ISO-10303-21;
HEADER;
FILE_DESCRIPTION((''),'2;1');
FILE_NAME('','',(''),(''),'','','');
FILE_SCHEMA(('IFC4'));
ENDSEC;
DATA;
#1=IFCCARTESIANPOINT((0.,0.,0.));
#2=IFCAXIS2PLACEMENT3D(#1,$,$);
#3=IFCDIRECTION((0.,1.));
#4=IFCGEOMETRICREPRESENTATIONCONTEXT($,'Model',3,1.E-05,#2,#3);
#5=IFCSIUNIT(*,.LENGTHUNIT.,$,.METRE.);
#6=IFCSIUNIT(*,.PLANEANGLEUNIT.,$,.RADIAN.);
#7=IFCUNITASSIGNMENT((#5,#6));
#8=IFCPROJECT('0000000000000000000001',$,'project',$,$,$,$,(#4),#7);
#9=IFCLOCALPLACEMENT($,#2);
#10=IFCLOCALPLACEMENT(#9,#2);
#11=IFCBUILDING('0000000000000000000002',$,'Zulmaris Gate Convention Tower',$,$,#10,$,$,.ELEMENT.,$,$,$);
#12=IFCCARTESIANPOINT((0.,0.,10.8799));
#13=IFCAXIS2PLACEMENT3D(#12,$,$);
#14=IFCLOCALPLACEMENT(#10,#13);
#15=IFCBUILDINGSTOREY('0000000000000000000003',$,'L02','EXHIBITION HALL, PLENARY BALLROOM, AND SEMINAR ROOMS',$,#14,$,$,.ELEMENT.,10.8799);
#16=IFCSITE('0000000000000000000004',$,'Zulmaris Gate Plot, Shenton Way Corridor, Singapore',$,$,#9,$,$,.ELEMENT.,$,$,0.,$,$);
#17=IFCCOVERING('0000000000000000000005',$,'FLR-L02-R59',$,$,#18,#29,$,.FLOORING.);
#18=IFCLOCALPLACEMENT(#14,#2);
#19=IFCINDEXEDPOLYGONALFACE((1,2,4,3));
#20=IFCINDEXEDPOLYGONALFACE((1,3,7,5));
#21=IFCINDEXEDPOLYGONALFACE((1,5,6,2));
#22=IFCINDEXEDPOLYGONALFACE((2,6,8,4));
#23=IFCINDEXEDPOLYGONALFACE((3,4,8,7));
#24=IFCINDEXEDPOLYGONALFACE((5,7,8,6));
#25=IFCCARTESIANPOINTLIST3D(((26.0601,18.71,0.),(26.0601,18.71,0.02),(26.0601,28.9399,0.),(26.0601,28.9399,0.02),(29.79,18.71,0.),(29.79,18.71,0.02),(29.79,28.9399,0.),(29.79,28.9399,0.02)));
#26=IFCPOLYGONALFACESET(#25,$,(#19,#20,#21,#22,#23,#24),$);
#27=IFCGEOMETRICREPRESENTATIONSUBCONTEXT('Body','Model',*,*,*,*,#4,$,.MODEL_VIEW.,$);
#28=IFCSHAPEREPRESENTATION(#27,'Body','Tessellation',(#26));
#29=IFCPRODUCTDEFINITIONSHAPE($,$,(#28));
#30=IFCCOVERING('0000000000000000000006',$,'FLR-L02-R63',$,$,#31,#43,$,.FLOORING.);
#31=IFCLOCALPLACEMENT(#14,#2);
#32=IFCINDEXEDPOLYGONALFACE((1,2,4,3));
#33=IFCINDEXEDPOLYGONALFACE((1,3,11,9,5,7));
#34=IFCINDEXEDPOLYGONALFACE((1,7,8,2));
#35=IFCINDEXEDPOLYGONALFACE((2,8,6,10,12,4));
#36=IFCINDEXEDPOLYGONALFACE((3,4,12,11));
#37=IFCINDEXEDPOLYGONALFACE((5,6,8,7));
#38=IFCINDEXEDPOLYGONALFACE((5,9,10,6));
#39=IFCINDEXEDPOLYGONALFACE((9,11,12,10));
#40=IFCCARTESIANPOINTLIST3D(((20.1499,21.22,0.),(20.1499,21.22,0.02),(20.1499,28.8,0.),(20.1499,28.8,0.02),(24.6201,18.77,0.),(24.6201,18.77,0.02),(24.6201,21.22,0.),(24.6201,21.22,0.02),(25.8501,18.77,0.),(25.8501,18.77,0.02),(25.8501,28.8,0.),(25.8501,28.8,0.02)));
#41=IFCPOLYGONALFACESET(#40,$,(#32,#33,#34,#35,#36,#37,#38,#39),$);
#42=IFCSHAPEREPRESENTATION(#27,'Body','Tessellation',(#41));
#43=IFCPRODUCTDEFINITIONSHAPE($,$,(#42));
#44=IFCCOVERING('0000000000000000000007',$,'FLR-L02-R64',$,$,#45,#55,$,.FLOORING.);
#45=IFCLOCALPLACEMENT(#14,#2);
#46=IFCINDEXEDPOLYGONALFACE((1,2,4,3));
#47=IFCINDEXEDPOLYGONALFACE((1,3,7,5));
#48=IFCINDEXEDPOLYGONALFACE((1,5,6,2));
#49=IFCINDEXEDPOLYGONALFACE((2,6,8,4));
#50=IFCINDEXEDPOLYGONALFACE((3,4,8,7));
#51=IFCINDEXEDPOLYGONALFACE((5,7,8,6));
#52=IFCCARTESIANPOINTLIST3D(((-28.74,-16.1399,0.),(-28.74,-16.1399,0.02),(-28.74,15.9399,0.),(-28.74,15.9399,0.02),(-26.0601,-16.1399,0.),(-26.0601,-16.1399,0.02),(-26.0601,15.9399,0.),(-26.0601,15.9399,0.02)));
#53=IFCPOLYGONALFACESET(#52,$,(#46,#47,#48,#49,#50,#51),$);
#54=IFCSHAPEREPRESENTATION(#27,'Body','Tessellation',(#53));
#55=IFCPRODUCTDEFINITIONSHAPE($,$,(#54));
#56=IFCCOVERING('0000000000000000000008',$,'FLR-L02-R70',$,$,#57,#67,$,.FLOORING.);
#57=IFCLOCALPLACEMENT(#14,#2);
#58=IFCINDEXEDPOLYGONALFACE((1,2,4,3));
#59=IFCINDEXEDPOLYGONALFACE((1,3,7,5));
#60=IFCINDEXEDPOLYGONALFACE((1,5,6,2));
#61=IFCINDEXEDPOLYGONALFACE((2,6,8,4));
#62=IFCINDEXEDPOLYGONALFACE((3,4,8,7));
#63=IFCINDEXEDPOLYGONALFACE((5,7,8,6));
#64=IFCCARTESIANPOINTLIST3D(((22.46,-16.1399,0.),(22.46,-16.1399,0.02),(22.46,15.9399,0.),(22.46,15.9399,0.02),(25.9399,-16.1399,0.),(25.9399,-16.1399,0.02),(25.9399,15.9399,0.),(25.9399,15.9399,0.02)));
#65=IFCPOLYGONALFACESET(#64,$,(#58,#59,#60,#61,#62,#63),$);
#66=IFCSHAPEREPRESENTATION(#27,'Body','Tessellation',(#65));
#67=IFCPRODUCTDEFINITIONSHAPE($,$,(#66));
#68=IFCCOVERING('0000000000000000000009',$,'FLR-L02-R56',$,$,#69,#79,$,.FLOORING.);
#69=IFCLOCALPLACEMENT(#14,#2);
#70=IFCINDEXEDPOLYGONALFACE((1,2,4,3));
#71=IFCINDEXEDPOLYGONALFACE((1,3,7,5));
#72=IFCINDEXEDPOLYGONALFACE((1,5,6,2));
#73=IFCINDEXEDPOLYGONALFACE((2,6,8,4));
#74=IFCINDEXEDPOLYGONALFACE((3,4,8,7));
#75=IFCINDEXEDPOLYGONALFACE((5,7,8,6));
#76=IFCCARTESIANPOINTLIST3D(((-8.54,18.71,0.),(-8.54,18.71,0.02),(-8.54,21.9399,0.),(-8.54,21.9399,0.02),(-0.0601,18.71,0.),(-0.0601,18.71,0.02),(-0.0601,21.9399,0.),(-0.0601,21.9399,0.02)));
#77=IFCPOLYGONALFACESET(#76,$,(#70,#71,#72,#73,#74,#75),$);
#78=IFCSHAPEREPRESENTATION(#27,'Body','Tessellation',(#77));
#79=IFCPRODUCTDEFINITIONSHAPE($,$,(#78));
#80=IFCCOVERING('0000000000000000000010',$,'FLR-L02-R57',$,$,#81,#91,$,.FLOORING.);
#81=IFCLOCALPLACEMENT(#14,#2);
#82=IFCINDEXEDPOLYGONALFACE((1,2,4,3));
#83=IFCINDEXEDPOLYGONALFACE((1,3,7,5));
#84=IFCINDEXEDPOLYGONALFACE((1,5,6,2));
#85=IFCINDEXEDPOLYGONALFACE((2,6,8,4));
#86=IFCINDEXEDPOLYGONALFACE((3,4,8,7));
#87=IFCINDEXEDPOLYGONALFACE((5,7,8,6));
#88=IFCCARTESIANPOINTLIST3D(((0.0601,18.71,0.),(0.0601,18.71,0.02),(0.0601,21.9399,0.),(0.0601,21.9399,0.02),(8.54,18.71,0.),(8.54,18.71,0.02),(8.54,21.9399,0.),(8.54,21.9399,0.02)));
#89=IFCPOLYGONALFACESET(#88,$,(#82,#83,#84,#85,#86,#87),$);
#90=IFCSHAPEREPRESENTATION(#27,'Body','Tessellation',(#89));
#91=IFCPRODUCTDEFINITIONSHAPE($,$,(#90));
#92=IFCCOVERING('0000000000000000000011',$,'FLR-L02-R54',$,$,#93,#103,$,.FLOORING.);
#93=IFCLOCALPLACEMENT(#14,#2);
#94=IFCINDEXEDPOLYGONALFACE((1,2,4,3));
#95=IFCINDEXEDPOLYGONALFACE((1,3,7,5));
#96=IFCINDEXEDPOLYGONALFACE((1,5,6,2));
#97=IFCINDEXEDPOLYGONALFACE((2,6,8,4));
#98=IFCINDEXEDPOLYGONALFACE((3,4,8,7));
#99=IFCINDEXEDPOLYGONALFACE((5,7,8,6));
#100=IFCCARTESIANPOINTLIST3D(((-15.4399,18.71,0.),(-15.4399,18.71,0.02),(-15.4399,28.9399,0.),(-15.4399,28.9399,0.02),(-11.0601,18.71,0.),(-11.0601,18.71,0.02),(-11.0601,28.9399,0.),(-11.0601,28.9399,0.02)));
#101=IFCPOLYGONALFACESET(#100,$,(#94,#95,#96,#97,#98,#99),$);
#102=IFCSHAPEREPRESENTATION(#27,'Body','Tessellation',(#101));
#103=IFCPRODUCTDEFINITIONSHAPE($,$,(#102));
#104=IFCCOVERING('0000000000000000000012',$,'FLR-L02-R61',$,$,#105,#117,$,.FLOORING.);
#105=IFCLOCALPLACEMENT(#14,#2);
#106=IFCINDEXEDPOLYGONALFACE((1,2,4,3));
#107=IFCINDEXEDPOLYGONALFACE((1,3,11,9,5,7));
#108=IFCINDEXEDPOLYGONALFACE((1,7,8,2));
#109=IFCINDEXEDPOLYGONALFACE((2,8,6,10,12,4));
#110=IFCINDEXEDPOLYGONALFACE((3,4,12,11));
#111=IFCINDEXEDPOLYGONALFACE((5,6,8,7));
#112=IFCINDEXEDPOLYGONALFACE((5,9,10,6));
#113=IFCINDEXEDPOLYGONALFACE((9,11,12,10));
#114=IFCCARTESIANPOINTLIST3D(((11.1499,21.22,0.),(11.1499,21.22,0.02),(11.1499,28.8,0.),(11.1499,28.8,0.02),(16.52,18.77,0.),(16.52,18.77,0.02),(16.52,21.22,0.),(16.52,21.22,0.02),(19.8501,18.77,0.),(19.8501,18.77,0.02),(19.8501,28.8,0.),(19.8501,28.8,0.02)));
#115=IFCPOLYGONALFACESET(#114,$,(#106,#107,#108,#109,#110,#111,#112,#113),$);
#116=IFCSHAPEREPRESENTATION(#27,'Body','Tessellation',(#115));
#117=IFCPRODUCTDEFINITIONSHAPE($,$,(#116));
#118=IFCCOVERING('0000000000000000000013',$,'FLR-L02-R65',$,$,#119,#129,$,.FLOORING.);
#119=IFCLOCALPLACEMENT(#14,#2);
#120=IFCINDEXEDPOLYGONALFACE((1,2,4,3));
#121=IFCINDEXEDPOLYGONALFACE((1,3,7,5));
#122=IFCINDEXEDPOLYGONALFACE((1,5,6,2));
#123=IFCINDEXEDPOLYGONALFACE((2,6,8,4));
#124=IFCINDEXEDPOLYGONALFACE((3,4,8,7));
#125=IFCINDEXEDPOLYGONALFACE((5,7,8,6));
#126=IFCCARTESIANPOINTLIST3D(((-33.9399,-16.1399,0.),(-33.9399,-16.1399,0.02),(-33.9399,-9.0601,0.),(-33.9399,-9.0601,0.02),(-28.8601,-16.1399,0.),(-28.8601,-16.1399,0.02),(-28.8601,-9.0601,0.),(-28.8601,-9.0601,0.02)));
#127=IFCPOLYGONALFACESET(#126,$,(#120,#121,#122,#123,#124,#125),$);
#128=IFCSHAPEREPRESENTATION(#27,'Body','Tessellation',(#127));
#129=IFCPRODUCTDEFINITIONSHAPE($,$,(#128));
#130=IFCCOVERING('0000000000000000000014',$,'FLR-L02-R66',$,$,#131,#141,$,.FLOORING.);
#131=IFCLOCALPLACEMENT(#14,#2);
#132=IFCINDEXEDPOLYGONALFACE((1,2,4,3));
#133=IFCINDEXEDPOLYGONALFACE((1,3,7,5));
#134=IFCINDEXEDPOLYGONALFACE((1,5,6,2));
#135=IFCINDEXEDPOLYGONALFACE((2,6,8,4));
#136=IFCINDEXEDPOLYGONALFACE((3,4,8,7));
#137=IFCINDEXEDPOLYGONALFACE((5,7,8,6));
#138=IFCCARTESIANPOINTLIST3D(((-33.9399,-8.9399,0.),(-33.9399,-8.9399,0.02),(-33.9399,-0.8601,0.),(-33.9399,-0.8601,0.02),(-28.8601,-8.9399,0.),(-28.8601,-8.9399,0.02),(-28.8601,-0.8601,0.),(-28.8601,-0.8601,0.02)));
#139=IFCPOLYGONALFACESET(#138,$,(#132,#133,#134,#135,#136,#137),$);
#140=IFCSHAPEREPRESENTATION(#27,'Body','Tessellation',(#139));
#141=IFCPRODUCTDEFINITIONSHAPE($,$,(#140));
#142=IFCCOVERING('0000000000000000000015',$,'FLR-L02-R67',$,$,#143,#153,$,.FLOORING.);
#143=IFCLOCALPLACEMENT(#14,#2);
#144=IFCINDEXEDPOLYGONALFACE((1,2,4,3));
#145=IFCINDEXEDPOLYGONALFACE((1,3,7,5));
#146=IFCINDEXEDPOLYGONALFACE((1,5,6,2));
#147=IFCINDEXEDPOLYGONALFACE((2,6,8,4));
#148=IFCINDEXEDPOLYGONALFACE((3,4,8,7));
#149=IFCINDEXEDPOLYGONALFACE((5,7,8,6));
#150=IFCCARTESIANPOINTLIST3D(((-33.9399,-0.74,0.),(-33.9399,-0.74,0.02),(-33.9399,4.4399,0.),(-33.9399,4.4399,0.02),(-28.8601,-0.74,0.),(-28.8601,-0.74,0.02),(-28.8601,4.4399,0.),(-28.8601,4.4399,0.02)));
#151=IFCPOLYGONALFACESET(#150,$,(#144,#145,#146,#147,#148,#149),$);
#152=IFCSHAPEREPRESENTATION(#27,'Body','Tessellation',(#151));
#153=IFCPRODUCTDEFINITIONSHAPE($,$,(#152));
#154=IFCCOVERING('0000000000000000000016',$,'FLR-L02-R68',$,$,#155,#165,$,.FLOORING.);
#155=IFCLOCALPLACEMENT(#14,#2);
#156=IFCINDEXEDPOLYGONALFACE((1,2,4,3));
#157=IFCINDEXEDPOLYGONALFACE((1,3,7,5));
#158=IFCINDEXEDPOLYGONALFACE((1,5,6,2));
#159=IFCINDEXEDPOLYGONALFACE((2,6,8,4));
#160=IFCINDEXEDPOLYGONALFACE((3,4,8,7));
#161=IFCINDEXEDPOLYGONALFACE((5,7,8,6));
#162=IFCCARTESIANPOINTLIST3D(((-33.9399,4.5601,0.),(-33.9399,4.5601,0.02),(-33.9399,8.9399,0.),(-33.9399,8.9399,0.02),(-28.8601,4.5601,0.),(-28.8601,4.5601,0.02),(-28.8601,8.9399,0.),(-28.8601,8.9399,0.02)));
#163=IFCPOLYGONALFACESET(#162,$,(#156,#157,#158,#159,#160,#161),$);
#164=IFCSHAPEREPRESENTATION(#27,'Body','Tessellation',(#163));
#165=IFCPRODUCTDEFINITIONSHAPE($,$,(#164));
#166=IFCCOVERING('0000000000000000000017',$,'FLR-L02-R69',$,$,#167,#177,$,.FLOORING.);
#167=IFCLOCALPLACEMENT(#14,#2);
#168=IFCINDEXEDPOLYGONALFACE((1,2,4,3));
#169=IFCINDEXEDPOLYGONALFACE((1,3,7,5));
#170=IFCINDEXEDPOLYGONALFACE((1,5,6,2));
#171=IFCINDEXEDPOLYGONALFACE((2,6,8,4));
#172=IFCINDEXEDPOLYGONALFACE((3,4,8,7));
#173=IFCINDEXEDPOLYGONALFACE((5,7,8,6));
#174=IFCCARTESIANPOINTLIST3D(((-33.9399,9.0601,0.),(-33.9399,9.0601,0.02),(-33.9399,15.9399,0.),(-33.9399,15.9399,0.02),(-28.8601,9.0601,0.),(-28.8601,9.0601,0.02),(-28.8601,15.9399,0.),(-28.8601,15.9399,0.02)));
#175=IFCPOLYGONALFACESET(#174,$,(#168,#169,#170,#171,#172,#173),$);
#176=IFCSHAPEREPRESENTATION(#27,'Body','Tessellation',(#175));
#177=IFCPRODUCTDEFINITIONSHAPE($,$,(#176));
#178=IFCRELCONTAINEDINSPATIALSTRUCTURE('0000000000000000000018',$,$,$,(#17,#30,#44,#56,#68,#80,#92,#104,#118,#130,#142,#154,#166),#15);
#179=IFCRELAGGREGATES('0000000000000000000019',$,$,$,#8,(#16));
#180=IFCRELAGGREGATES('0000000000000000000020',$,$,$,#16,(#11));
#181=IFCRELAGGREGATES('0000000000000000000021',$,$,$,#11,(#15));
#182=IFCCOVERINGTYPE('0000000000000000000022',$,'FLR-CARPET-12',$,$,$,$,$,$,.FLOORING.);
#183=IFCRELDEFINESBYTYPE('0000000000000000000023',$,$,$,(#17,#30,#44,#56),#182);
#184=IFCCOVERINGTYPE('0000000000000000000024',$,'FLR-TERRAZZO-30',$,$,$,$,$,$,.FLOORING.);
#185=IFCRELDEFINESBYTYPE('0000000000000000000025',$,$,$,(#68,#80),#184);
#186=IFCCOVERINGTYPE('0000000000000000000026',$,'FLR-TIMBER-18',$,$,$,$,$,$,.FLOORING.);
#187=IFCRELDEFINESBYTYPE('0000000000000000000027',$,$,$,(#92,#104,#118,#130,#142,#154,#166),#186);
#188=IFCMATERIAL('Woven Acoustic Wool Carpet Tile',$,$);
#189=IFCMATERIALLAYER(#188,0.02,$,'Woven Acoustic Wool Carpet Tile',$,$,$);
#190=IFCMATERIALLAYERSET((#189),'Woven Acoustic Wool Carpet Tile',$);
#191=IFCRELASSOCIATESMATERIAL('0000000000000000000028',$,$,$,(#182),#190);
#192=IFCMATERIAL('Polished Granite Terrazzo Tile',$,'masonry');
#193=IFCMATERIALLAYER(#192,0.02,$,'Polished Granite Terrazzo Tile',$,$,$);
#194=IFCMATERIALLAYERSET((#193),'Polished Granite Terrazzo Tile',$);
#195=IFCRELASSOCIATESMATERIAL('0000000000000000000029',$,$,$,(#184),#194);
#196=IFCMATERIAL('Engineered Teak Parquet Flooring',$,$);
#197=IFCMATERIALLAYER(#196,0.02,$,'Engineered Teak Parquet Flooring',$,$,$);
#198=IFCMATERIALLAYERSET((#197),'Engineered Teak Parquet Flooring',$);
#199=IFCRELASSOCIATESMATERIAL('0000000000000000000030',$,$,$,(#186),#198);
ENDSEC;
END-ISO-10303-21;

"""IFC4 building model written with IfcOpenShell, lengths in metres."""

from ifc_helpers import new_model, si_unit, direction, frame, origin, place, context, subcontext, project, spatial, polyline, outline, extrude, material, layer, layer_set, type_object, element, save


model = new_model("IFC4")

# Units and contexts
model_context = context("Model", 3, precision=1e-05, world=origin(), true_north=direction((0.0, 1.0)))
body_context = subcontext(model_context, "Body", "Model", "MODEL_VIEW")
ifc_project = project(units=[si_unit("LENGTHUNIT", "METRE"), si_unit("PLANEANGLEUNIT", "RADIAN")], contexts=[model_context])

# Site, building, storey
site_placement = place(None, origin())
site = spatial("IfcSite", under=ifc_project, at=site_placement, Name="Zulmaris Gate Plot, Shenton Way Corridor, Singapore", CompositionType="ELEMENT", RefElevation=0.0)
building_placement = place(site_placement, origin())
building = spatial("IfcBuilding", under=site, at=building_placement, Name="Zulmaris Gate Convention Tower", CompositionType="ELEMENT")
storey_placement = place(building_placement, frame((0.0, 0.0, 10.8799)))
storey = spatial("IfcBuildingStorey", under=building, at=storey_placement, Name="L02", Description="EXHIBITION HALL, PLENARY BALLROOM, AND SEMINAR ROOMS", CompositionType="ELEMENT", Elevation=10.8799)

# Coverings
ifc_material_1 = material(Name="Woven Acoustic Wool Carpet Tile")
ifc_layer_1 = layer(ifc_material_1, 0.02, Name="Woven Acoustic Wool Carpet Tile")
ifc_layer_set_1 = layer_set([ifc_layer_1], Name="Woven Acoustic Wool Carpet Tile")
covering_type_1 = type_object("IfcCoveringType", Name="FLR-CARPET-12", PredefinedType="FLOORING", material=ifc_layer_set_1)
covering_1_placement = place(storey_placement, origin())
element("IfcCovering", 1, at=covering_1_placement, inside=storey, type_object=covering_type_1, Name="FLR-L02-R59", PredefinedType="FLOORING", context=body_context, shape_type="SweptSolid", body=[
    extrude(outline(polyline([(26.0601, 18.71), (29.79, 18.71), (29.79, 28.9399), (26.0601, 28.9399), (26.0601, 18.71)])), origin(), (0.0, 0.0, 1.0), 0.02),
])
covering_2_placement = place(storey_placement, origin())
element("IfcCovering", 2, at=covering_2_placement, inside=storey, type_object=covering_type_1, Name="FLR-L02-R63", PredefinedType="FLOORING", context=body_context, shape_type="SweptSolid", body=[
    extrude(outline(polyline([(24.6201, 18.77), (25.8501, 18.77), (25.8501, 28.8), (20.1499, 28.8), (20.1499, 21.22), (24.6201, 21.22), (24.6201, 18.77)])), origin(), (0.0, 0.0, 1.0), 0.02),
])
covering_3_placement = place(storey_placement, origin())
element("IfcCovering", 3, at=covering_3_placement, inside=storey, type_object=covering_type_1, Name="FLR-L02-R64", PredefinedType="FLOORING", context=body_context, shape_type="SweptSolid", body=[
    extrude(outline(polyline([(-28.74, -16.1399), (-26.0601, -16.1399), (-26.0601, 15.9399), (-28.74, 15.9399), (-28.74, -16.1399)])), origin(), (0.0, 0.0, 1.0), 0.02),
])
covering_4_placement = place(storey_placement, origin())
element("IfcCovering", 4, at=covering_4_placement, inside=storey, type_object=covering_type_1, Name="FLR-L02-R70", PredefinedType="FLOORING", context=body_context, shape_type="SweptSolid", body=[
    extrude(outline(polyline([(22.46, -16.1399), (25.9399, -16.1399), (25.9399, 15.9399), (22.46, 15.9399), (22.46, -16.1399)])), origin(), (0.0, 0.0, 1.0), 0.02),
])
ifc_material_2 = material(Name="Polished Granite Terrazzo Tile", Category="masonry")
ifc_layer_2 = layer(ifc_material_2, 0.02, Name="Polished Granite Terrazzo Tile")
ifc_layer_set_2 = layer_set([ifc_layer_2], Name="Polished Granite Terrazzo Tile")
covering_type_2 = type_object("IfcCoveringType", Name="FLR-TERRAZZO-30", PredefinedType="FLOORING", material=ifc_layer_set_2)
covering_5_placement = place(storey_placement, origin())
element("IfcCovering", 5, at=covering_5_placement, inside=storey, type_object=covering_type_2, Name="FLR-L02-R56", PredefinedType="FLOORING", context=body_context, shape_type="SweptSolid", body=[
    extrude(outline(polyline([(-8.54, 18.71), (-0.0601, 18.71), (-0.0601, 21.9399), (-8.54, 21.9399), (-8.54, 18.71)])), origin(), (0.0, 0.0, 1.0), 0.02),
])
covering_6_placement = place(storey_placement, origin())
element("IfcCovering", 6, at=covering_6_placement, inside=storey, type_object=covering_type_2, Name="FLR-L02-R57", PredefinedType="FLOORING", context=body_context, shape_type="SweptSolid", body=[
    extrude(outline(polyline([(0.0601, 18.71), (8.54, 18.71), (8.54, 21.9399), (0.0601, 21.9399), (0.0601, 18.71)])), origin(), (0.0, 0.0, 1.0), 0.02),
])
ifc_material_3 = material(Name="Engineered Teak Parquet Flooring")
ifc_layer_3 = layer(ifc_material_3, 0.02, Name="Engineered Teak Parquet Flooring")
ifc_layer_set_3 = layer_set([ifc_layer_3], Name="Engineered Teak Parquet Flooring")
covering_type_3 = type_object("IfcCoveringType", Name="FLR-TIMBER-18", PredefinedType="FLOORING", material=ifc_layer_set_3)
covering_7_placement = place(storey_placement, origin())
element("IfcCovering", 7, at=covering_7_placement, inside=storey, type_object=covering_type_3, Name="FLR-L02-R54", PredefinedType="FLOORING", context=body_context, shape_type="SweptSolid", body=[
    extrude(outline(polyline([(-15.4399, 18.71), (-11.0601, 18.71), (-11.0601, 28.9399), (-15.4399, 28.9399), (-15.4399, 18.71)])), origin(), (0.0, 0.0, 1.0), 0.02),
])
covering_8_placement = place(storey_placement, origin())
element("IfcCovering", 8, at=covering_8_placement, inside=storey, type_object=covering_type_3, Name="FLR-L02-R61", PredefinedType="FLOORING", context=body_context, shape_type="SweptSolid", body=[
    extrude(outline(polyline([(16.52, 18.77), (19.8501, 18.77), (19.8501, 28.8), (11.1499, 28.8), (11.1499, 21.22), (16.52, 21.22), (16.52, 18.77)])), origin(), (0.0, 0.0, 1.0), 0.02),
])
covering_9_placement = place(storey_placement, origin())
element("IfcCovering", 9, at=covering_9_placement, inside=storey, type_object=covering_type_3, Name="FLR-L02-R65", PredefinedType="FLOORING", context=body_context, shape_type="SweptSolid", body=[
    extrude(outline(polyline([(-33.9399, -16.1399), (-28.8601, -16.1399), (-28.8601, -9.0601), (-33.9399, -9.0601), (-33.9399, -16.1399)])), origin(), (0.0, 0.0, 1.0), 0.02),
])
covering_10_placement = place(storey_placement, origin())
element("IfcCovering", 10, at=covering_10_placement, inside=storey, type_object=covering_type_3, Name="FLR-L02-R66", PredefinedType="FLOORING", context=body_context, shape_type="SweptSolid", body=[
    extrude(outline(polyline([(-33.9399, -8.9399), (-28.8601, -8.9399), (-28.8601, -0.8601), (-33.9399, -0.8601), (-33.9399, -8.9399)])), origin(), (0.0, 0.0, 1.0), 0.02),
])
covering_11_placement = place(storey_placement, origin())
element("IfcCovering", 11, at=covering_11_placement, inside=storey, type_object=covering_type_3, Name="FLR-L02-R67", PredefinedType="FLOORING", context=body_context, shape_type="SweptSolid", body=[
    extrude(outline(polyline([(-33.9399, -0.74), (-28.8601, -0.74), (-28.8601, 4.4399), (-33.9399, 4.4399), (-33.9399, -0.74)])), origin(), (0.0, 0.0, 1.0), 0.02),
])
covering_12_placement = place(storey_placement, origin())
element("IfcCovering", 12, at=covering_12_placement, inside=storey, type_object=covering_type_3, Name="FLR-L02-R68", PredefinedType="FLOORING", context=body_context, shape_type="SweptSolid", body=[
    extrude(outline(polyline([(-33.9399, 4.5601), (-28.8601, 4.5601), (-28.8601, 8.9399), (-33.9399, 8.9399), (-33.9399, 4.5601)])), origin(), (0.0, 0.0, 1.0), 0.02),
])
covering_13_placement = place(storey_placement, origin())
element("IfcCovering", 13, at=covering_13_placement, inside=storey, type_object=covering_type_3, Name="FLR-L02-R69", PredefinedType="FLOORING", context=body_context, shape_type="SweptSolid", body=[
    extrude(outline(polyline([(-33.9399, 9.0601), (-28.8601, 9.0601), (-28.8601, 15.9399), (-33.9399, 15.9399), (-33.9399, 9.0601)])), origin(), (0.0, 0.0, 1.0), 0.02),
])

save(model, "model.ifc")
